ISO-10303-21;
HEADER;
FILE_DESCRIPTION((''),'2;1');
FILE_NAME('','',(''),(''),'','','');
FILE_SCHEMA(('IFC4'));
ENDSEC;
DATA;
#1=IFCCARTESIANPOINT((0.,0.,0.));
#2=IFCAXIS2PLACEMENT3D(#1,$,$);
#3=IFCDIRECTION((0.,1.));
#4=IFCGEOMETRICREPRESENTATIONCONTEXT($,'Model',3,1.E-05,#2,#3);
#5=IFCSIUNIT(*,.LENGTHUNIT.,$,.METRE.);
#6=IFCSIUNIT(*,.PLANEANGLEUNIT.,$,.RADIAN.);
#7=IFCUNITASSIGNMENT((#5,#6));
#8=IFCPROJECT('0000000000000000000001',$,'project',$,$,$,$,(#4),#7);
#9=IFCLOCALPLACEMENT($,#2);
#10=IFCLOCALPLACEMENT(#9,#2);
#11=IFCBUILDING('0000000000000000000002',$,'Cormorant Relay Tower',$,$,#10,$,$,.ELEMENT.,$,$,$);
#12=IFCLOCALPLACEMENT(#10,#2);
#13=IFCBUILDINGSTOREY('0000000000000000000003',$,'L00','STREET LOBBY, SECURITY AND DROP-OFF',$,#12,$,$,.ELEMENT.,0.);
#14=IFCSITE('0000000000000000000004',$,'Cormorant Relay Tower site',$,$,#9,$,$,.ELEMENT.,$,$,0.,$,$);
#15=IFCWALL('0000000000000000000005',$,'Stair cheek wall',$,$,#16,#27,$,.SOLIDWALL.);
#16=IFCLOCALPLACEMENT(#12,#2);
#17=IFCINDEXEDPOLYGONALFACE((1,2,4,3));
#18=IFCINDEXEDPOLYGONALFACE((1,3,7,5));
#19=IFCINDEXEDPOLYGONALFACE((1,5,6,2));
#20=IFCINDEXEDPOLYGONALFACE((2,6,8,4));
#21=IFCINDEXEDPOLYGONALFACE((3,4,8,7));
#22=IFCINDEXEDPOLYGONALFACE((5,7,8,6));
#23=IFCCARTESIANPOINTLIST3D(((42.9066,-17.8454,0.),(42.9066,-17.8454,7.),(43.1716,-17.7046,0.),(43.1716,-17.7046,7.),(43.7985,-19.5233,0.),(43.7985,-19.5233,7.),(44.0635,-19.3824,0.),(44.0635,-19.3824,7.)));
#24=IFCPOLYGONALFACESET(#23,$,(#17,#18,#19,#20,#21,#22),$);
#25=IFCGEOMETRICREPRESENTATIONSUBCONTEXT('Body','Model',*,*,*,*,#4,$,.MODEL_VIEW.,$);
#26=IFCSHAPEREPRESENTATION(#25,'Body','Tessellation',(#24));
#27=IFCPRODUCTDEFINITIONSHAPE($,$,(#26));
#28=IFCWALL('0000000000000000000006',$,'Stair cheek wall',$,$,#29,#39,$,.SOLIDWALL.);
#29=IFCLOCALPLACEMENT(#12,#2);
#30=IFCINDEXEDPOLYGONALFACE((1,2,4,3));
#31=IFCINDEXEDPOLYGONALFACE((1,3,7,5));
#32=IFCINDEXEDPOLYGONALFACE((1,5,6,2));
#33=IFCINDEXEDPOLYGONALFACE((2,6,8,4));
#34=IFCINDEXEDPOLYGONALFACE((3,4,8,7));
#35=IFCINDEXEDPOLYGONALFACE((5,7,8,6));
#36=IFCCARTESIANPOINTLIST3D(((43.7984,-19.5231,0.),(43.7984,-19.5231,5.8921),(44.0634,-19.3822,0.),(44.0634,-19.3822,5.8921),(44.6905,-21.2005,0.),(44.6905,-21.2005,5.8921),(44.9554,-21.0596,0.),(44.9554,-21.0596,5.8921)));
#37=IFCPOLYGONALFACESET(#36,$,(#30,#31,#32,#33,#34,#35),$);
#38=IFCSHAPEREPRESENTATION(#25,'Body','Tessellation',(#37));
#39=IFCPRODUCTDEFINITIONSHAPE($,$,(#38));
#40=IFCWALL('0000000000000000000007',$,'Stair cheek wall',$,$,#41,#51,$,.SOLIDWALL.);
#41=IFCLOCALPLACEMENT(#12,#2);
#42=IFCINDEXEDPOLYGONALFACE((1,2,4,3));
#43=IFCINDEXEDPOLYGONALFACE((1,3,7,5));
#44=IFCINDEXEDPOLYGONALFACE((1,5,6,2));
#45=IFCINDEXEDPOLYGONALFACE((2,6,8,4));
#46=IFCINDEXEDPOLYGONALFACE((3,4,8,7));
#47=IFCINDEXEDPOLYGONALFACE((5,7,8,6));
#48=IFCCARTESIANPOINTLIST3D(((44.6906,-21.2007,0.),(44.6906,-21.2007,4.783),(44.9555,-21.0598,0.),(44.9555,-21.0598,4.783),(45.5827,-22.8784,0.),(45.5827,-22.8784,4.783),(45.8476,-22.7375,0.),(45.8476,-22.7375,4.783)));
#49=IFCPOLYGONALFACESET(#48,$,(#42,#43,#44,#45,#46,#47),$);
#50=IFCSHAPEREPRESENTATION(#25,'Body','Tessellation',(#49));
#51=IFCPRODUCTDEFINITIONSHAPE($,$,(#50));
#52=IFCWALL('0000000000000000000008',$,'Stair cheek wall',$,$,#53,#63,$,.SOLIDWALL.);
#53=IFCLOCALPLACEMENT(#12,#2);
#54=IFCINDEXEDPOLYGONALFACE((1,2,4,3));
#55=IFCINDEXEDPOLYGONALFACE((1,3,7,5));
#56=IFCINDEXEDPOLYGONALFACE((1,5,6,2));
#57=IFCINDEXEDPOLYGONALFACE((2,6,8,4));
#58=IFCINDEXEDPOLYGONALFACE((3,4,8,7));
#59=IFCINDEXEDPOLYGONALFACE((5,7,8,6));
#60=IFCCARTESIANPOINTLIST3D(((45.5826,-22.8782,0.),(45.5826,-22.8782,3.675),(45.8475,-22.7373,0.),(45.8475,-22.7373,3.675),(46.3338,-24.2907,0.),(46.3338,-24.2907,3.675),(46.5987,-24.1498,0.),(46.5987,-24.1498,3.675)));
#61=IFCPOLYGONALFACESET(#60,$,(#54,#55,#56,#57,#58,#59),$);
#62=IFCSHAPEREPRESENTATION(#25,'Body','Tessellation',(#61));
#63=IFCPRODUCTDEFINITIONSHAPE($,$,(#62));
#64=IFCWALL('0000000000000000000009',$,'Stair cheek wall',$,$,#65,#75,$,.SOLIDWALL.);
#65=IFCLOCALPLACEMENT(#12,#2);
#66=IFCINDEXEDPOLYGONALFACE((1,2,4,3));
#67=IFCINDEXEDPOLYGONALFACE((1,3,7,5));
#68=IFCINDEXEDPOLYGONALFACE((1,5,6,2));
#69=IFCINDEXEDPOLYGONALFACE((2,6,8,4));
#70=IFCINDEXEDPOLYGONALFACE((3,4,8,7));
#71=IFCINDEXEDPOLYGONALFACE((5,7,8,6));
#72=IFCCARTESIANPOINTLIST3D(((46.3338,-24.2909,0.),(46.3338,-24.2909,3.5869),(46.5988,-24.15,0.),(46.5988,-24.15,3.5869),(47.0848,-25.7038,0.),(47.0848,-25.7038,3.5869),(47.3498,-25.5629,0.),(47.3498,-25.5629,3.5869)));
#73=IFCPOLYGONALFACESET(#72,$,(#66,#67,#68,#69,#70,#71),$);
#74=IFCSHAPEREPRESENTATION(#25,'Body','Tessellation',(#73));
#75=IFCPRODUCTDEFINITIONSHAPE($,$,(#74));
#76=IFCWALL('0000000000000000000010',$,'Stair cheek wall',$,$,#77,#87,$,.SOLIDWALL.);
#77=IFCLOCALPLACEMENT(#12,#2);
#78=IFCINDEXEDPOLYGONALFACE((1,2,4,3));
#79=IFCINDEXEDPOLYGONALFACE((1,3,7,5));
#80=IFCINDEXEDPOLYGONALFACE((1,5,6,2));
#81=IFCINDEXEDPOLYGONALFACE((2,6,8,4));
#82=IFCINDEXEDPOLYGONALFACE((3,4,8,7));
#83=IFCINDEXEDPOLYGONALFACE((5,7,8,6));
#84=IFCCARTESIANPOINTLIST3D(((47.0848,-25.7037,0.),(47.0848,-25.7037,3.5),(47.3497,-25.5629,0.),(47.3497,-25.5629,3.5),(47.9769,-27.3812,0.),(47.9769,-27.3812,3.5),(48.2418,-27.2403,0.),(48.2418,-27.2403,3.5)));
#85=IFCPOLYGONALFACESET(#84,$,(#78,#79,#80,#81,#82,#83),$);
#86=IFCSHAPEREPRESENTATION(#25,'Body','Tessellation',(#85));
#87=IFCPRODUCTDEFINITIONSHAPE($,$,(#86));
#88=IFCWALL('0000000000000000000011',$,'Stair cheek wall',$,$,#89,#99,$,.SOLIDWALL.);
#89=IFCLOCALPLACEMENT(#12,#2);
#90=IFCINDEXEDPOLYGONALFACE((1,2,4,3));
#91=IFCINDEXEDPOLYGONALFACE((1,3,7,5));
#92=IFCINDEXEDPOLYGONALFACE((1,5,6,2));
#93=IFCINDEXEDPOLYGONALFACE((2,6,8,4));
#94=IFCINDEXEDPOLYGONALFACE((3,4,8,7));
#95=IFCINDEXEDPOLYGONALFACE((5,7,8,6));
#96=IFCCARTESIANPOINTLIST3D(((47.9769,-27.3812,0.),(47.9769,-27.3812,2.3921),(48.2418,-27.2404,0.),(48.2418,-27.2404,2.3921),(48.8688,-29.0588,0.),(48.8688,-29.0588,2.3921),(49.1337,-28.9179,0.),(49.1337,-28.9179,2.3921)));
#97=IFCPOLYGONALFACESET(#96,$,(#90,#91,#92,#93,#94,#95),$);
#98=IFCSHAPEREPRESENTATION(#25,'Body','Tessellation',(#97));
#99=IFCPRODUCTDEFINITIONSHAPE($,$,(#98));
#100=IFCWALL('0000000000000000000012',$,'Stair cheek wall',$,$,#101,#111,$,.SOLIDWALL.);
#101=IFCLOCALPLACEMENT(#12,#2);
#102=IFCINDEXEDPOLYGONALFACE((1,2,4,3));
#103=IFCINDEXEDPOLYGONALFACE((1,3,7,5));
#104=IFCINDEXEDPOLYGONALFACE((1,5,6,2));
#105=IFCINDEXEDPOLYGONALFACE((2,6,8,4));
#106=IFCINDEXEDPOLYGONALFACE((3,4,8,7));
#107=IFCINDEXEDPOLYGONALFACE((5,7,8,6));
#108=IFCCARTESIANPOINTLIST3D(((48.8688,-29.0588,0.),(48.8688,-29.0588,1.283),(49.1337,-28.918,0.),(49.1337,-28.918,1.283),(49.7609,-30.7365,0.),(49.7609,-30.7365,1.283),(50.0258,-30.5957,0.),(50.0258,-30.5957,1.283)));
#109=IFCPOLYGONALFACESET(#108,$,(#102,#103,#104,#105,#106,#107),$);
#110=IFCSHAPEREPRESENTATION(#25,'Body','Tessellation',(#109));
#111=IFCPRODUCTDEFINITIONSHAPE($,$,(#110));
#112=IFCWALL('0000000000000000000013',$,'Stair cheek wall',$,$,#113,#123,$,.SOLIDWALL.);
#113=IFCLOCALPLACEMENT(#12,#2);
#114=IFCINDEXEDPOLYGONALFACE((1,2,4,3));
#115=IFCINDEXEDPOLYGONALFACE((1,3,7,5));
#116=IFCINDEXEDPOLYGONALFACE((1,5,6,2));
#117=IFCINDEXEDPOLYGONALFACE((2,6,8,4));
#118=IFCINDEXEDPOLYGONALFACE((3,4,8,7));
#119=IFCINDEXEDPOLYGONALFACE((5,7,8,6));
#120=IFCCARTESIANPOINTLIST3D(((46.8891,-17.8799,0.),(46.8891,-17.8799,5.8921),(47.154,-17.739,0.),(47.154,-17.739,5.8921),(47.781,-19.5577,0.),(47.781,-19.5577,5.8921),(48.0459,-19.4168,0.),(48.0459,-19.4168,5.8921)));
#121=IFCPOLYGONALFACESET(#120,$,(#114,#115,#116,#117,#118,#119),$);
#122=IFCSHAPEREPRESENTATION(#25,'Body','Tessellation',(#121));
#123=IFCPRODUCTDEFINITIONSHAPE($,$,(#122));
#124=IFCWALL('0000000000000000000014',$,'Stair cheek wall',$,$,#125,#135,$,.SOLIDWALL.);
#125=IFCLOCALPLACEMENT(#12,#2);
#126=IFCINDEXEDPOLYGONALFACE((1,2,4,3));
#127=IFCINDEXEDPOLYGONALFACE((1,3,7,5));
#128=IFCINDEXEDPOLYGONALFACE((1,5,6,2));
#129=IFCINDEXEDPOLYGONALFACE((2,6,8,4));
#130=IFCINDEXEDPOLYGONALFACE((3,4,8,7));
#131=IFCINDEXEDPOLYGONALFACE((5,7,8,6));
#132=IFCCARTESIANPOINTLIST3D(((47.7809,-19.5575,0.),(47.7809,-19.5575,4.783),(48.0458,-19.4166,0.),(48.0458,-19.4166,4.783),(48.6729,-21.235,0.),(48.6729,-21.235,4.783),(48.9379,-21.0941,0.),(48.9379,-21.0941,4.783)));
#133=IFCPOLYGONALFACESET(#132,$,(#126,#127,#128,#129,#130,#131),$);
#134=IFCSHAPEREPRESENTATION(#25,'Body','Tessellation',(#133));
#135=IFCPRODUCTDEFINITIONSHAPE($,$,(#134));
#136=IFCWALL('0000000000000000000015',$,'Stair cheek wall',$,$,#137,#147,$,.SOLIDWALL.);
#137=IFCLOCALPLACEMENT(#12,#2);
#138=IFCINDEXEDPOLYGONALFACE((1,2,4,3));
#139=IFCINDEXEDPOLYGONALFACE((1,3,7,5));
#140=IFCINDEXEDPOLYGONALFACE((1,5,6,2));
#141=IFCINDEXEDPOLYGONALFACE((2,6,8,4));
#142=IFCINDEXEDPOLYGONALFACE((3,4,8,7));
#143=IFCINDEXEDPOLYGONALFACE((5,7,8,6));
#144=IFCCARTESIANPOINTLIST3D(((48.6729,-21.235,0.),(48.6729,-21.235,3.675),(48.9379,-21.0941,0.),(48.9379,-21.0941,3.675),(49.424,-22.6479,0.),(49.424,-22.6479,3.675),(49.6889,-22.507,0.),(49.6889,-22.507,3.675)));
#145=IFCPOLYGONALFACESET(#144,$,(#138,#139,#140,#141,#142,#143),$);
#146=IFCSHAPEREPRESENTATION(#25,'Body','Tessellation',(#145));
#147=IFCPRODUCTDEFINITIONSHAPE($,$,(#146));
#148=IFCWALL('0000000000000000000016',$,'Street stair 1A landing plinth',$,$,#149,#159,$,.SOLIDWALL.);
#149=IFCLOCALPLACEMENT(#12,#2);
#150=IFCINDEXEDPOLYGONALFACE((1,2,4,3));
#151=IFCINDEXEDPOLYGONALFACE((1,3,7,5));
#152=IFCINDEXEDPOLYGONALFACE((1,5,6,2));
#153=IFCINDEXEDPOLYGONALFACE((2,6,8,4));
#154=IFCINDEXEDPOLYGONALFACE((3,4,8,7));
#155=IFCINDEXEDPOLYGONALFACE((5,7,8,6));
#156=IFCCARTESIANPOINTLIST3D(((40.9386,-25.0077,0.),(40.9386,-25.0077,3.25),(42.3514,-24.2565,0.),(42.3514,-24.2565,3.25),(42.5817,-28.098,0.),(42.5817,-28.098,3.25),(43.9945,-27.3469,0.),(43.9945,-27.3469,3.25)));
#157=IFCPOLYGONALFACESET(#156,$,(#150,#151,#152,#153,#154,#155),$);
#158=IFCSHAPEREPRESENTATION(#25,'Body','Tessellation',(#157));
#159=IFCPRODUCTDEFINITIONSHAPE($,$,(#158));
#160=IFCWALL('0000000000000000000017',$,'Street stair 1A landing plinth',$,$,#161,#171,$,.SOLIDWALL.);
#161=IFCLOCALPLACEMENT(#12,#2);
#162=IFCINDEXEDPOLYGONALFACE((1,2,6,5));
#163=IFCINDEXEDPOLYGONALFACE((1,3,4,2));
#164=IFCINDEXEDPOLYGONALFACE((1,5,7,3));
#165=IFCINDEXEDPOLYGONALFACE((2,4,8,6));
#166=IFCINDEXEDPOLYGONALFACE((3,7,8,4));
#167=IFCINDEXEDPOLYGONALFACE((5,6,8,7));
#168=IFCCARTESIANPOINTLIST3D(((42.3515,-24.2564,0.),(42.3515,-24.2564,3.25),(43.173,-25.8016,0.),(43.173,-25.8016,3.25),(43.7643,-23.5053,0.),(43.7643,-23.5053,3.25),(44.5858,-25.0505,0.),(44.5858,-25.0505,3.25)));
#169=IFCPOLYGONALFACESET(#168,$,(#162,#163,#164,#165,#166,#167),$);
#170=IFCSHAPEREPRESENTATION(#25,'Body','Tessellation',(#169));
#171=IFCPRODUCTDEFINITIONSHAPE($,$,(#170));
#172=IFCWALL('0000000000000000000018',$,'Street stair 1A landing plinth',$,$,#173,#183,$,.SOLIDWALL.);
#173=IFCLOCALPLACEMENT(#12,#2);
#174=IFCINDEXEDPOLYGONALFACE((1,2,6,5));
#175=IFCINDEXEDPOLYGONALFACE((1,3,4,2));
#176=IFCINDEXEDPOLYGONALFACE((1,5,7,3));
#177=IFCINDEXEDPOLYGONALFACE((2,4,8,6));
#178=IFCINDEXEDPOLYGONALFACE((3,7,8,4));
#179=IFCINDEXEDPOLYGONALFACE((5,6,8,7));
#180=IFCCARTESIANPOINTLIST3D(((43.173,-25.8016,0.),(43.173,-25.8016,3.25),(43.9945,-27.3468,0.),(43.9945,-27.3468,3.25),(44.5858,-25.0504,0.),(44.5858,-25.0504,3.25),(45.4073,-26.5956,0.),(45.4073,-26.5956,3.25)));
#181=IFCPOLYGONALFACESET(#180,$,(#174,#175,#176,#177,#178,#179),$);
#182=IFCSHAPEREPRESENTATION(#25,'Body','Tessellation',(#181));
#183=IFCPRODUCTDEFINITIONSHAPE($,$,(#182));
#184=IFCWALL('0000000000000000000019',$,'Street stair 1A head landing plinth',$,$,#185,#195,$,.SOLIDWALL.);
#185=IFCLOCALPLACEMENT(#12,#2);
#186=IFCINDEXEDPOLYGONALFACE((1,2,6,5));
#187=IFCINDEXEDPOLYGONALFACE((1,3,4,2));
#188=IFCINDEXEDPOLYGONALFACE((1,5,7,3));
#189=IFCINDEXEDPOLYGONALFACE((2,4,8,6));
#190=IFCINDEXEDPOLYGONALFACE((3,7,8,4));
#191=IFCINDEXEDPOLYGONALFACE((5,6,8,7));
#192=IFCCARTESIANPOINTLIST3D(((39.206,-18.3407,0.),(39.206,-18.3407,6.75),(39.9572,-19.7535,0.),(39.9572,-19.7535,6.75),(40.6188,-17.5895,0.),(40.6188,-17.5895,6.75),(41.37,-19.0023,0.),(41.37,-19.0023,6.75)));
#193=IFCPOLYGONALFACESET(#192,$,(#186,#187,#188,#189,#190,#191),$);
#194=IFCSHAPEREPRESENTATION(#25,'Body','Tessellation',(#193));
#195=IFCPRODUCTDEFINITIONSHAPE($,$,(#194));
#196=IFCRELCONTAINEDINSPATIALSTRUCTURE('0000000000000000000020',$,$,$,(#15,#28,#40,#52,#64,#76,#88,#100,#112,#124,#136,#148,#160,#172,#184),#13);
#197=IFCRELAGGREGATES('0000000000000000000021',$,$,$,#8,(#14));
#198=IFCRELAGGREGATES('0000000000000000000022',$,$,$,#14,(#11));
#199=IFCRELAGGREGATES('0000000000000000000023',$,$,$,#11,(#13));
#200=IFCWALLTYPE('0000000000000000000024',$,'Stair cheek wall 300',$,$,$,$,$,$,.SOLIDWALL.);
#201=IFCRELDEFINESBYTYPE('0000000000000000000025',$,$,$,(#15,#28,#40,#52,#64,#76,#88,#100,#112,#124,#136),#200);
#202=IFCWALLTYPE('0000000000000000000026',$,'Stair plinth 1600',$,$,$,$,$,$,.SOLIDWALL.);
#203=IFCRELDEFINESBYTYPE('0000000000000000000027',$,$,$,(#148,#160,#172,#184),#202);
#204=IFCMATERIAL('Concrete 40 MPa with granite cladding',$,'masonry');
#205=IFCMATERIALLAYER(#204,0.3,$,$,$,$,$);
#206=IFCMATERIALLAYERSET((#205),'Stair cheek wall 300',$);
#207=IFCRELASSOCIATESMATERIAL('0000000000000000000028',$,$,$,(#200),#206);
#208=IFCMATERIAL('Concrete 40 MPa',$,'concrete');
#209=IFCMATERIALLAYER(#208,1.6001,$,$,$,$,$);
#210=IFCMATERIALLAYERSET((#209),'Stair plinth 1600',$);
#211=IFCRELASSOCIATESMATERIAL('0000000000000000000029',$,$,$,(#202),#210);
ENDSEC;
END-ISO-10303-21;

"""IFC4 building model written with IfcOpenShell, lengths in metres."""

from ifc_helpers import new_model, si_unit, direction, frame, frame_2d, origin, place, context, subcontext, project, spatial, rectangle, extrude, material, layer, layer_set, type_object, element, save


model = new_model("IFC4")

# Units and contexts
model_context = context("Model", 3, precision=1e-05, world=origin(), true_north=direction((0.0, 1.0)))
body_context = subcontext(model_context, "Body", "Model", "MODEL_VIEW")
ifc_project = project(units=[si_unit("LENGTHUNIT", "METRE"), si_unit("PLANEANGLEUNIT", "RADIAN")], contexts=[model_context])

# Site, building, storey
site_placement = place(None, origin())
site = spatial("IfcSite", under=ifc_project, at=site_placement, Name="Cormorant Relay Tower site", CompositionType="ELEMENT", RefElevation=0.0)
building_placement = place(site_placement, origin())
building = spatial("IfcBuilding", under=site, at=building_placement, Name="Cormorant Relay Tower", CompositionType="ELEMENT")
storey_placement = place(building_placement, origin())
storey = spatial("IfcBuildingStorey", under=building, at=storey_placement, Name="L00", Description="STREET LOBBY, SECURITY AND DROP-OFF", CompositionType="ELEMENT", Elevation=0.0)

# Walls
ifc_material_1 = material(Name="Concrete 40 MPa with granite cladding", Category="masonry")
ifc_layer_1 = layer(ifc_material_1, 0.3)
ifc_layer_set_1 = layer_set([ifc_layer_1], Name="Stair cheek wall 300")
wall_type_1 = type_object("IfcWallType", Name="Stair cheek wall 300", PredefinedType="SOLIDWALL", material=ifc_layer_set_1)
wall_1_placement = place(storey_placement, frame((43.0391, -17.7749, 0.0), z_axis=(0.0, 0.0, 1.0), x_axis=(0.469381, -0.882996, 0.0)))
element("IfcWall", 1, at=wall_1_placement, inside=storey, type_object=wall_type_1, Name="Stair cheek wall", PredefinedType="SOLIDWALL", context=body_context, shape_type="SweptSolid", body=[
    extrude(rectangle(XDim=1.9001, YDim=0.3, at=frame_2d((0.9502, 0.0))), origin(), (0.0, 0.0, 1.0), 7.0),
])
wall_2_placement = place(storey_placement, frame((43.9309, -19.4526, 0.0), z_axis=(0.0, 0.0, 1.0), x_axis=(0.469534, -0.882914, 0.0)))
element("IfcWall", 2, at=wall_2_placement, inside=storey, type_object=wall_type_1, Name="Stair cheek wall", PredefinedType="SOLIDWALL", context=body_context, shape_type="SweptSolid", body=[
    extrude(rectangle(XDim=1.8999, YDim=0.3, at=frame_2d((0.95, 0.0))), origin(), (0.0, 0.0, 1.0), 5.8921),
])
wall_3_placement = place(storey_placement, frame((44.823, -21.1301, 0.0), z_axis=(0.0, 0.0, 1.0), x_axis=(0.469481, -0.882943, 0.0)))
element("IfcWall", 3, at=wall_3_placement, inside=storey, type_object=wall_type_1, Name="Stair cheek wall", PredefinedType="SOLIDWALL", context=body_context, shape_type="SweptSolid", body=[
    extrude(rectangle(XDim=1.9001, YDim=0.3, at=frame_2d((0.9502, 0.0))), origin(), (0.0, 0.0, 1.0), 4.783),
])
wall_4_placement = place(storey_placement, frame((45.7151, -22.8079, 0.0), z_axis=(0.0, 0.0, 1.0), x_axis=(0.469535, -0.882914, 0.0)))
element("IfcWall", 4, at=wall_4_placement, inside=storey, type_object=wall_type_1, Name="Stair cheek wall", PredefinedType="SOLIDWALL", context=body_context, shape_type="SweptSolid", body=[
    extrude(rectangle(XDim=1.5999, YDim=0.3, at=frame_2d((0.7998, 0.0))), origin(), (0.0, 0.0, 1.0), 3.675),
])
wall_5_placement = place(storey_placement, frame((46.4663, -24.2205, 0.0), z_axis=(0.0, 0.0, 1.0), x_axis=(0.469352, -0.883011, 0.0)))
element("IfcWall", 5, at=wall_5_placement, inside=storey, type_object=wall_type_1, Name="Stair cheek wall", PredefinedType="SOLIDWALL", context=body_context, shape_type="SweptSolid", body=[
    extrude(rectangle(XDim=1.6001, YDim=0.3, at=frame_2d((0.8, 0.0))), origin(), (0.0, 0.0, 1.0), 3.5869),
])
wall_6_placement = place(storey_placement, frame((47.2173, -25.6333, 0.0), z_axis=(0.0, 0.0, 1.0), x_axis=(0.469534, -0.882914, 0.0)))
element("IfcWall", 6, at=wall_6_placement, inside=storey, type_object=wall_type_1, Name="Stair cheek wall", PredefinedType="SOLIDWALL", context=body_context, shape_type="SweptSolid", body=[
    extrude(rectangle(XDim=1.8999, YDim=0.3, at=frame_2d((0.95, 0.0))), origin(), (0.0, 0.0, 1.0), 3.5),
])
wall_7_placement = place(storey_placement, frame((48.1094, -27.3108, 0.0), z_axis=(0.0, 0.0, 1.0), x_axis=(0.469434, -0.882968, 0.0)))
element("IfcWall", 7, at=wall_7_placement, inside=storey, type_object=wall_type_1, Name="Stair cheek wall", PredefinedType="SOLIDWALL", context=body_context, shape_type="SweptSolid", body=[
    extrude(rectangle(XDim=1.8999, YDim=0.3, at=frame_2d((0.95, 0.0))), origin(), (0.0, 0.0, 1.0), 2.3921),
])
wall_8_placement = place(storey_placement, frame((49.0012, -28.9883, 0.0), z_axis=(0.0, 0.0, 1.0), x_axis=(0.469481, -0.882943, 0.0)))
element("IfcWall", 8, at=wall_8_placement, inside=storey, type_object=wall_type_1, Name="Stair cheek wall", PredefinedType="SOLIDWALL", context=body_context, shape_type="SweptSolid", body=[
    extrude(rectangle(XDim=1.9001, YDim=0.3, at=frame_2d((0.9502, 0.0))), origin(), (0.0, 0.0, 1.0), 1.283),
])
wall_9_placement = place(storey_placement, frame((47.0215, -17.8093, 0.0), z_axis=(0.0, 0.0, 1.0), x_axis=(0.469381, -0.882996, 0.0)))
element("IfcWall", 9, at=wall_9_placement, inside=storey, type_object=wall_type_1, Name="Stair cheek wall", PredefinedType="SOLIDWALL", context=body_context, shape_type="SweptSolid", body=[
    extrude(rectangle(XDim=1.9001, YDim=0.3, at=frame_2d((0.9502, 0.0))), origin(), (0.0, 0.0, 1.0), 5.8921),
])
wall_10_placement = place(storey_placement, frame((47.9133, -19.4871, 0.0), z_axis=(0.0, 0.0, 1.0), x_axis=(0.469534, -0.882914, 0.0)))
element("IfcWall", 10, at=wall_10_placement, inside=storey, type_object=wall_type_1, Name="Stair cheek wall", PredefinedType="SOLIDWALL", context=body_context, shape_type="SweptSolid", body=[
    extrude(rectangle(XDim=1.8999, YDim=0.3, at=frame_2d((0.95, 0.0))), origin(), (0.0, 0.0, 1.0), 4.783),
])
wall_11_placement = place(storey_placement, frame((48.8054, -21.1646, 0.0), z_axis=(0.0, 0.0, 1.0), x_axis=(0.469352, -0.883011, 0.0)))
element("IfcWall", 11, at=wall_11_placement, inside=storey, type_object=wall_type_1, Name="Stair cheek wall", PredefinedType="SOLIDWALL", context=body_context, shape_type="SweptSolid", body=[
    extrude(rectangle(XDim=1.6001, YDim=0.3, at=frame_2d((0.8, 0.0))), origin(), (0.0, 0.0, 1.0), 3.675),
])
ifc_material_2 = material(Name="Concrete 40 MPa", Category="concrete")
ifc_layer_2 = layer(ifc_material_2, 1.6001)
ifc_layer_set_2 = layer_set([ifc_layer_2], Name="Stair plinth 1600")
wall_type_2 = type_object("IfcWallType", Name="Stair plinth 1600", PredefinedType="SOLIDWALL", material=ifc_layer_set_2)
wall_12_placement = place(storey_placement, frame((41.645, -24.6321, 0.0), z_axis=(0.0, 0.0, 1.0), x_axis=(0.469451, -0.882959, 0.0)))
element("IfcWall", 12, at=wall_12_placement, inside=storey, type_object=wall_type_2, Name="Street stair 1A landing plinth", PredefinedType="SOLIDWALL", context=body_context, shape_type="SweptSolid", body=[
    extrude(rectangle(XDim=3.5, YDim=1.6001, at=frame_2d((1.75, 0.0))), origin(), (0.0, 0.0, 1.0), 3.25),
])
for number, where, z_axis, x_axis, name in (
    (13, (43.0579, -23.8809, 0.0), (0.0, 0.0, 1.0), (0.469451, -0.882959, 0.0), "Street stair 1A landing plinth"),
    (14, (43.8794, -25.426, 0.0), (0.0, 0.0, 1.0), (0.469451, -0.882959, 0.0), "Street stair 1A landing plinth"),
):
    element("IfcWall", number, at=place(storey_placement, frame(where, z_axis=z_axis, x_axis=x_axis)), inside=storey, type_object=wall_type_2, Name=name, PredefinedType="SOLIDWALL", context=body_context, shape_type="SweptSolid", body=[
        extrude(rectangle(XDim=1.75, YDim=1.6001, at=frame_2d((0.875, 0.0))), origin(), (0.0, 0.0, 1.0), 3.25),
    ])
wall_13_placement = place(storey_placement, frame((39.9124, -17.9651, 0.0), z_axis=(0.0, 0.0, 1.0), x_axis=(0.469471, -0.882948, 0.0)))
element("IfcWall", 15, at=wall_13_placement, inside=storey, type_object=wall_type_2, Name="Street stair 1A head landing plinth", PredefinedType="SOLIDWALL", context=body_context, shape_type="SweptSolid", body=[
    extrude(rectangle(XDim=1.6001, YDim=1.6001, at=frame_2d((0.8, 0.0))), origin(), (0.0, 0.0, 1.0), 6.75),
])

save(model, "model.ifc")
